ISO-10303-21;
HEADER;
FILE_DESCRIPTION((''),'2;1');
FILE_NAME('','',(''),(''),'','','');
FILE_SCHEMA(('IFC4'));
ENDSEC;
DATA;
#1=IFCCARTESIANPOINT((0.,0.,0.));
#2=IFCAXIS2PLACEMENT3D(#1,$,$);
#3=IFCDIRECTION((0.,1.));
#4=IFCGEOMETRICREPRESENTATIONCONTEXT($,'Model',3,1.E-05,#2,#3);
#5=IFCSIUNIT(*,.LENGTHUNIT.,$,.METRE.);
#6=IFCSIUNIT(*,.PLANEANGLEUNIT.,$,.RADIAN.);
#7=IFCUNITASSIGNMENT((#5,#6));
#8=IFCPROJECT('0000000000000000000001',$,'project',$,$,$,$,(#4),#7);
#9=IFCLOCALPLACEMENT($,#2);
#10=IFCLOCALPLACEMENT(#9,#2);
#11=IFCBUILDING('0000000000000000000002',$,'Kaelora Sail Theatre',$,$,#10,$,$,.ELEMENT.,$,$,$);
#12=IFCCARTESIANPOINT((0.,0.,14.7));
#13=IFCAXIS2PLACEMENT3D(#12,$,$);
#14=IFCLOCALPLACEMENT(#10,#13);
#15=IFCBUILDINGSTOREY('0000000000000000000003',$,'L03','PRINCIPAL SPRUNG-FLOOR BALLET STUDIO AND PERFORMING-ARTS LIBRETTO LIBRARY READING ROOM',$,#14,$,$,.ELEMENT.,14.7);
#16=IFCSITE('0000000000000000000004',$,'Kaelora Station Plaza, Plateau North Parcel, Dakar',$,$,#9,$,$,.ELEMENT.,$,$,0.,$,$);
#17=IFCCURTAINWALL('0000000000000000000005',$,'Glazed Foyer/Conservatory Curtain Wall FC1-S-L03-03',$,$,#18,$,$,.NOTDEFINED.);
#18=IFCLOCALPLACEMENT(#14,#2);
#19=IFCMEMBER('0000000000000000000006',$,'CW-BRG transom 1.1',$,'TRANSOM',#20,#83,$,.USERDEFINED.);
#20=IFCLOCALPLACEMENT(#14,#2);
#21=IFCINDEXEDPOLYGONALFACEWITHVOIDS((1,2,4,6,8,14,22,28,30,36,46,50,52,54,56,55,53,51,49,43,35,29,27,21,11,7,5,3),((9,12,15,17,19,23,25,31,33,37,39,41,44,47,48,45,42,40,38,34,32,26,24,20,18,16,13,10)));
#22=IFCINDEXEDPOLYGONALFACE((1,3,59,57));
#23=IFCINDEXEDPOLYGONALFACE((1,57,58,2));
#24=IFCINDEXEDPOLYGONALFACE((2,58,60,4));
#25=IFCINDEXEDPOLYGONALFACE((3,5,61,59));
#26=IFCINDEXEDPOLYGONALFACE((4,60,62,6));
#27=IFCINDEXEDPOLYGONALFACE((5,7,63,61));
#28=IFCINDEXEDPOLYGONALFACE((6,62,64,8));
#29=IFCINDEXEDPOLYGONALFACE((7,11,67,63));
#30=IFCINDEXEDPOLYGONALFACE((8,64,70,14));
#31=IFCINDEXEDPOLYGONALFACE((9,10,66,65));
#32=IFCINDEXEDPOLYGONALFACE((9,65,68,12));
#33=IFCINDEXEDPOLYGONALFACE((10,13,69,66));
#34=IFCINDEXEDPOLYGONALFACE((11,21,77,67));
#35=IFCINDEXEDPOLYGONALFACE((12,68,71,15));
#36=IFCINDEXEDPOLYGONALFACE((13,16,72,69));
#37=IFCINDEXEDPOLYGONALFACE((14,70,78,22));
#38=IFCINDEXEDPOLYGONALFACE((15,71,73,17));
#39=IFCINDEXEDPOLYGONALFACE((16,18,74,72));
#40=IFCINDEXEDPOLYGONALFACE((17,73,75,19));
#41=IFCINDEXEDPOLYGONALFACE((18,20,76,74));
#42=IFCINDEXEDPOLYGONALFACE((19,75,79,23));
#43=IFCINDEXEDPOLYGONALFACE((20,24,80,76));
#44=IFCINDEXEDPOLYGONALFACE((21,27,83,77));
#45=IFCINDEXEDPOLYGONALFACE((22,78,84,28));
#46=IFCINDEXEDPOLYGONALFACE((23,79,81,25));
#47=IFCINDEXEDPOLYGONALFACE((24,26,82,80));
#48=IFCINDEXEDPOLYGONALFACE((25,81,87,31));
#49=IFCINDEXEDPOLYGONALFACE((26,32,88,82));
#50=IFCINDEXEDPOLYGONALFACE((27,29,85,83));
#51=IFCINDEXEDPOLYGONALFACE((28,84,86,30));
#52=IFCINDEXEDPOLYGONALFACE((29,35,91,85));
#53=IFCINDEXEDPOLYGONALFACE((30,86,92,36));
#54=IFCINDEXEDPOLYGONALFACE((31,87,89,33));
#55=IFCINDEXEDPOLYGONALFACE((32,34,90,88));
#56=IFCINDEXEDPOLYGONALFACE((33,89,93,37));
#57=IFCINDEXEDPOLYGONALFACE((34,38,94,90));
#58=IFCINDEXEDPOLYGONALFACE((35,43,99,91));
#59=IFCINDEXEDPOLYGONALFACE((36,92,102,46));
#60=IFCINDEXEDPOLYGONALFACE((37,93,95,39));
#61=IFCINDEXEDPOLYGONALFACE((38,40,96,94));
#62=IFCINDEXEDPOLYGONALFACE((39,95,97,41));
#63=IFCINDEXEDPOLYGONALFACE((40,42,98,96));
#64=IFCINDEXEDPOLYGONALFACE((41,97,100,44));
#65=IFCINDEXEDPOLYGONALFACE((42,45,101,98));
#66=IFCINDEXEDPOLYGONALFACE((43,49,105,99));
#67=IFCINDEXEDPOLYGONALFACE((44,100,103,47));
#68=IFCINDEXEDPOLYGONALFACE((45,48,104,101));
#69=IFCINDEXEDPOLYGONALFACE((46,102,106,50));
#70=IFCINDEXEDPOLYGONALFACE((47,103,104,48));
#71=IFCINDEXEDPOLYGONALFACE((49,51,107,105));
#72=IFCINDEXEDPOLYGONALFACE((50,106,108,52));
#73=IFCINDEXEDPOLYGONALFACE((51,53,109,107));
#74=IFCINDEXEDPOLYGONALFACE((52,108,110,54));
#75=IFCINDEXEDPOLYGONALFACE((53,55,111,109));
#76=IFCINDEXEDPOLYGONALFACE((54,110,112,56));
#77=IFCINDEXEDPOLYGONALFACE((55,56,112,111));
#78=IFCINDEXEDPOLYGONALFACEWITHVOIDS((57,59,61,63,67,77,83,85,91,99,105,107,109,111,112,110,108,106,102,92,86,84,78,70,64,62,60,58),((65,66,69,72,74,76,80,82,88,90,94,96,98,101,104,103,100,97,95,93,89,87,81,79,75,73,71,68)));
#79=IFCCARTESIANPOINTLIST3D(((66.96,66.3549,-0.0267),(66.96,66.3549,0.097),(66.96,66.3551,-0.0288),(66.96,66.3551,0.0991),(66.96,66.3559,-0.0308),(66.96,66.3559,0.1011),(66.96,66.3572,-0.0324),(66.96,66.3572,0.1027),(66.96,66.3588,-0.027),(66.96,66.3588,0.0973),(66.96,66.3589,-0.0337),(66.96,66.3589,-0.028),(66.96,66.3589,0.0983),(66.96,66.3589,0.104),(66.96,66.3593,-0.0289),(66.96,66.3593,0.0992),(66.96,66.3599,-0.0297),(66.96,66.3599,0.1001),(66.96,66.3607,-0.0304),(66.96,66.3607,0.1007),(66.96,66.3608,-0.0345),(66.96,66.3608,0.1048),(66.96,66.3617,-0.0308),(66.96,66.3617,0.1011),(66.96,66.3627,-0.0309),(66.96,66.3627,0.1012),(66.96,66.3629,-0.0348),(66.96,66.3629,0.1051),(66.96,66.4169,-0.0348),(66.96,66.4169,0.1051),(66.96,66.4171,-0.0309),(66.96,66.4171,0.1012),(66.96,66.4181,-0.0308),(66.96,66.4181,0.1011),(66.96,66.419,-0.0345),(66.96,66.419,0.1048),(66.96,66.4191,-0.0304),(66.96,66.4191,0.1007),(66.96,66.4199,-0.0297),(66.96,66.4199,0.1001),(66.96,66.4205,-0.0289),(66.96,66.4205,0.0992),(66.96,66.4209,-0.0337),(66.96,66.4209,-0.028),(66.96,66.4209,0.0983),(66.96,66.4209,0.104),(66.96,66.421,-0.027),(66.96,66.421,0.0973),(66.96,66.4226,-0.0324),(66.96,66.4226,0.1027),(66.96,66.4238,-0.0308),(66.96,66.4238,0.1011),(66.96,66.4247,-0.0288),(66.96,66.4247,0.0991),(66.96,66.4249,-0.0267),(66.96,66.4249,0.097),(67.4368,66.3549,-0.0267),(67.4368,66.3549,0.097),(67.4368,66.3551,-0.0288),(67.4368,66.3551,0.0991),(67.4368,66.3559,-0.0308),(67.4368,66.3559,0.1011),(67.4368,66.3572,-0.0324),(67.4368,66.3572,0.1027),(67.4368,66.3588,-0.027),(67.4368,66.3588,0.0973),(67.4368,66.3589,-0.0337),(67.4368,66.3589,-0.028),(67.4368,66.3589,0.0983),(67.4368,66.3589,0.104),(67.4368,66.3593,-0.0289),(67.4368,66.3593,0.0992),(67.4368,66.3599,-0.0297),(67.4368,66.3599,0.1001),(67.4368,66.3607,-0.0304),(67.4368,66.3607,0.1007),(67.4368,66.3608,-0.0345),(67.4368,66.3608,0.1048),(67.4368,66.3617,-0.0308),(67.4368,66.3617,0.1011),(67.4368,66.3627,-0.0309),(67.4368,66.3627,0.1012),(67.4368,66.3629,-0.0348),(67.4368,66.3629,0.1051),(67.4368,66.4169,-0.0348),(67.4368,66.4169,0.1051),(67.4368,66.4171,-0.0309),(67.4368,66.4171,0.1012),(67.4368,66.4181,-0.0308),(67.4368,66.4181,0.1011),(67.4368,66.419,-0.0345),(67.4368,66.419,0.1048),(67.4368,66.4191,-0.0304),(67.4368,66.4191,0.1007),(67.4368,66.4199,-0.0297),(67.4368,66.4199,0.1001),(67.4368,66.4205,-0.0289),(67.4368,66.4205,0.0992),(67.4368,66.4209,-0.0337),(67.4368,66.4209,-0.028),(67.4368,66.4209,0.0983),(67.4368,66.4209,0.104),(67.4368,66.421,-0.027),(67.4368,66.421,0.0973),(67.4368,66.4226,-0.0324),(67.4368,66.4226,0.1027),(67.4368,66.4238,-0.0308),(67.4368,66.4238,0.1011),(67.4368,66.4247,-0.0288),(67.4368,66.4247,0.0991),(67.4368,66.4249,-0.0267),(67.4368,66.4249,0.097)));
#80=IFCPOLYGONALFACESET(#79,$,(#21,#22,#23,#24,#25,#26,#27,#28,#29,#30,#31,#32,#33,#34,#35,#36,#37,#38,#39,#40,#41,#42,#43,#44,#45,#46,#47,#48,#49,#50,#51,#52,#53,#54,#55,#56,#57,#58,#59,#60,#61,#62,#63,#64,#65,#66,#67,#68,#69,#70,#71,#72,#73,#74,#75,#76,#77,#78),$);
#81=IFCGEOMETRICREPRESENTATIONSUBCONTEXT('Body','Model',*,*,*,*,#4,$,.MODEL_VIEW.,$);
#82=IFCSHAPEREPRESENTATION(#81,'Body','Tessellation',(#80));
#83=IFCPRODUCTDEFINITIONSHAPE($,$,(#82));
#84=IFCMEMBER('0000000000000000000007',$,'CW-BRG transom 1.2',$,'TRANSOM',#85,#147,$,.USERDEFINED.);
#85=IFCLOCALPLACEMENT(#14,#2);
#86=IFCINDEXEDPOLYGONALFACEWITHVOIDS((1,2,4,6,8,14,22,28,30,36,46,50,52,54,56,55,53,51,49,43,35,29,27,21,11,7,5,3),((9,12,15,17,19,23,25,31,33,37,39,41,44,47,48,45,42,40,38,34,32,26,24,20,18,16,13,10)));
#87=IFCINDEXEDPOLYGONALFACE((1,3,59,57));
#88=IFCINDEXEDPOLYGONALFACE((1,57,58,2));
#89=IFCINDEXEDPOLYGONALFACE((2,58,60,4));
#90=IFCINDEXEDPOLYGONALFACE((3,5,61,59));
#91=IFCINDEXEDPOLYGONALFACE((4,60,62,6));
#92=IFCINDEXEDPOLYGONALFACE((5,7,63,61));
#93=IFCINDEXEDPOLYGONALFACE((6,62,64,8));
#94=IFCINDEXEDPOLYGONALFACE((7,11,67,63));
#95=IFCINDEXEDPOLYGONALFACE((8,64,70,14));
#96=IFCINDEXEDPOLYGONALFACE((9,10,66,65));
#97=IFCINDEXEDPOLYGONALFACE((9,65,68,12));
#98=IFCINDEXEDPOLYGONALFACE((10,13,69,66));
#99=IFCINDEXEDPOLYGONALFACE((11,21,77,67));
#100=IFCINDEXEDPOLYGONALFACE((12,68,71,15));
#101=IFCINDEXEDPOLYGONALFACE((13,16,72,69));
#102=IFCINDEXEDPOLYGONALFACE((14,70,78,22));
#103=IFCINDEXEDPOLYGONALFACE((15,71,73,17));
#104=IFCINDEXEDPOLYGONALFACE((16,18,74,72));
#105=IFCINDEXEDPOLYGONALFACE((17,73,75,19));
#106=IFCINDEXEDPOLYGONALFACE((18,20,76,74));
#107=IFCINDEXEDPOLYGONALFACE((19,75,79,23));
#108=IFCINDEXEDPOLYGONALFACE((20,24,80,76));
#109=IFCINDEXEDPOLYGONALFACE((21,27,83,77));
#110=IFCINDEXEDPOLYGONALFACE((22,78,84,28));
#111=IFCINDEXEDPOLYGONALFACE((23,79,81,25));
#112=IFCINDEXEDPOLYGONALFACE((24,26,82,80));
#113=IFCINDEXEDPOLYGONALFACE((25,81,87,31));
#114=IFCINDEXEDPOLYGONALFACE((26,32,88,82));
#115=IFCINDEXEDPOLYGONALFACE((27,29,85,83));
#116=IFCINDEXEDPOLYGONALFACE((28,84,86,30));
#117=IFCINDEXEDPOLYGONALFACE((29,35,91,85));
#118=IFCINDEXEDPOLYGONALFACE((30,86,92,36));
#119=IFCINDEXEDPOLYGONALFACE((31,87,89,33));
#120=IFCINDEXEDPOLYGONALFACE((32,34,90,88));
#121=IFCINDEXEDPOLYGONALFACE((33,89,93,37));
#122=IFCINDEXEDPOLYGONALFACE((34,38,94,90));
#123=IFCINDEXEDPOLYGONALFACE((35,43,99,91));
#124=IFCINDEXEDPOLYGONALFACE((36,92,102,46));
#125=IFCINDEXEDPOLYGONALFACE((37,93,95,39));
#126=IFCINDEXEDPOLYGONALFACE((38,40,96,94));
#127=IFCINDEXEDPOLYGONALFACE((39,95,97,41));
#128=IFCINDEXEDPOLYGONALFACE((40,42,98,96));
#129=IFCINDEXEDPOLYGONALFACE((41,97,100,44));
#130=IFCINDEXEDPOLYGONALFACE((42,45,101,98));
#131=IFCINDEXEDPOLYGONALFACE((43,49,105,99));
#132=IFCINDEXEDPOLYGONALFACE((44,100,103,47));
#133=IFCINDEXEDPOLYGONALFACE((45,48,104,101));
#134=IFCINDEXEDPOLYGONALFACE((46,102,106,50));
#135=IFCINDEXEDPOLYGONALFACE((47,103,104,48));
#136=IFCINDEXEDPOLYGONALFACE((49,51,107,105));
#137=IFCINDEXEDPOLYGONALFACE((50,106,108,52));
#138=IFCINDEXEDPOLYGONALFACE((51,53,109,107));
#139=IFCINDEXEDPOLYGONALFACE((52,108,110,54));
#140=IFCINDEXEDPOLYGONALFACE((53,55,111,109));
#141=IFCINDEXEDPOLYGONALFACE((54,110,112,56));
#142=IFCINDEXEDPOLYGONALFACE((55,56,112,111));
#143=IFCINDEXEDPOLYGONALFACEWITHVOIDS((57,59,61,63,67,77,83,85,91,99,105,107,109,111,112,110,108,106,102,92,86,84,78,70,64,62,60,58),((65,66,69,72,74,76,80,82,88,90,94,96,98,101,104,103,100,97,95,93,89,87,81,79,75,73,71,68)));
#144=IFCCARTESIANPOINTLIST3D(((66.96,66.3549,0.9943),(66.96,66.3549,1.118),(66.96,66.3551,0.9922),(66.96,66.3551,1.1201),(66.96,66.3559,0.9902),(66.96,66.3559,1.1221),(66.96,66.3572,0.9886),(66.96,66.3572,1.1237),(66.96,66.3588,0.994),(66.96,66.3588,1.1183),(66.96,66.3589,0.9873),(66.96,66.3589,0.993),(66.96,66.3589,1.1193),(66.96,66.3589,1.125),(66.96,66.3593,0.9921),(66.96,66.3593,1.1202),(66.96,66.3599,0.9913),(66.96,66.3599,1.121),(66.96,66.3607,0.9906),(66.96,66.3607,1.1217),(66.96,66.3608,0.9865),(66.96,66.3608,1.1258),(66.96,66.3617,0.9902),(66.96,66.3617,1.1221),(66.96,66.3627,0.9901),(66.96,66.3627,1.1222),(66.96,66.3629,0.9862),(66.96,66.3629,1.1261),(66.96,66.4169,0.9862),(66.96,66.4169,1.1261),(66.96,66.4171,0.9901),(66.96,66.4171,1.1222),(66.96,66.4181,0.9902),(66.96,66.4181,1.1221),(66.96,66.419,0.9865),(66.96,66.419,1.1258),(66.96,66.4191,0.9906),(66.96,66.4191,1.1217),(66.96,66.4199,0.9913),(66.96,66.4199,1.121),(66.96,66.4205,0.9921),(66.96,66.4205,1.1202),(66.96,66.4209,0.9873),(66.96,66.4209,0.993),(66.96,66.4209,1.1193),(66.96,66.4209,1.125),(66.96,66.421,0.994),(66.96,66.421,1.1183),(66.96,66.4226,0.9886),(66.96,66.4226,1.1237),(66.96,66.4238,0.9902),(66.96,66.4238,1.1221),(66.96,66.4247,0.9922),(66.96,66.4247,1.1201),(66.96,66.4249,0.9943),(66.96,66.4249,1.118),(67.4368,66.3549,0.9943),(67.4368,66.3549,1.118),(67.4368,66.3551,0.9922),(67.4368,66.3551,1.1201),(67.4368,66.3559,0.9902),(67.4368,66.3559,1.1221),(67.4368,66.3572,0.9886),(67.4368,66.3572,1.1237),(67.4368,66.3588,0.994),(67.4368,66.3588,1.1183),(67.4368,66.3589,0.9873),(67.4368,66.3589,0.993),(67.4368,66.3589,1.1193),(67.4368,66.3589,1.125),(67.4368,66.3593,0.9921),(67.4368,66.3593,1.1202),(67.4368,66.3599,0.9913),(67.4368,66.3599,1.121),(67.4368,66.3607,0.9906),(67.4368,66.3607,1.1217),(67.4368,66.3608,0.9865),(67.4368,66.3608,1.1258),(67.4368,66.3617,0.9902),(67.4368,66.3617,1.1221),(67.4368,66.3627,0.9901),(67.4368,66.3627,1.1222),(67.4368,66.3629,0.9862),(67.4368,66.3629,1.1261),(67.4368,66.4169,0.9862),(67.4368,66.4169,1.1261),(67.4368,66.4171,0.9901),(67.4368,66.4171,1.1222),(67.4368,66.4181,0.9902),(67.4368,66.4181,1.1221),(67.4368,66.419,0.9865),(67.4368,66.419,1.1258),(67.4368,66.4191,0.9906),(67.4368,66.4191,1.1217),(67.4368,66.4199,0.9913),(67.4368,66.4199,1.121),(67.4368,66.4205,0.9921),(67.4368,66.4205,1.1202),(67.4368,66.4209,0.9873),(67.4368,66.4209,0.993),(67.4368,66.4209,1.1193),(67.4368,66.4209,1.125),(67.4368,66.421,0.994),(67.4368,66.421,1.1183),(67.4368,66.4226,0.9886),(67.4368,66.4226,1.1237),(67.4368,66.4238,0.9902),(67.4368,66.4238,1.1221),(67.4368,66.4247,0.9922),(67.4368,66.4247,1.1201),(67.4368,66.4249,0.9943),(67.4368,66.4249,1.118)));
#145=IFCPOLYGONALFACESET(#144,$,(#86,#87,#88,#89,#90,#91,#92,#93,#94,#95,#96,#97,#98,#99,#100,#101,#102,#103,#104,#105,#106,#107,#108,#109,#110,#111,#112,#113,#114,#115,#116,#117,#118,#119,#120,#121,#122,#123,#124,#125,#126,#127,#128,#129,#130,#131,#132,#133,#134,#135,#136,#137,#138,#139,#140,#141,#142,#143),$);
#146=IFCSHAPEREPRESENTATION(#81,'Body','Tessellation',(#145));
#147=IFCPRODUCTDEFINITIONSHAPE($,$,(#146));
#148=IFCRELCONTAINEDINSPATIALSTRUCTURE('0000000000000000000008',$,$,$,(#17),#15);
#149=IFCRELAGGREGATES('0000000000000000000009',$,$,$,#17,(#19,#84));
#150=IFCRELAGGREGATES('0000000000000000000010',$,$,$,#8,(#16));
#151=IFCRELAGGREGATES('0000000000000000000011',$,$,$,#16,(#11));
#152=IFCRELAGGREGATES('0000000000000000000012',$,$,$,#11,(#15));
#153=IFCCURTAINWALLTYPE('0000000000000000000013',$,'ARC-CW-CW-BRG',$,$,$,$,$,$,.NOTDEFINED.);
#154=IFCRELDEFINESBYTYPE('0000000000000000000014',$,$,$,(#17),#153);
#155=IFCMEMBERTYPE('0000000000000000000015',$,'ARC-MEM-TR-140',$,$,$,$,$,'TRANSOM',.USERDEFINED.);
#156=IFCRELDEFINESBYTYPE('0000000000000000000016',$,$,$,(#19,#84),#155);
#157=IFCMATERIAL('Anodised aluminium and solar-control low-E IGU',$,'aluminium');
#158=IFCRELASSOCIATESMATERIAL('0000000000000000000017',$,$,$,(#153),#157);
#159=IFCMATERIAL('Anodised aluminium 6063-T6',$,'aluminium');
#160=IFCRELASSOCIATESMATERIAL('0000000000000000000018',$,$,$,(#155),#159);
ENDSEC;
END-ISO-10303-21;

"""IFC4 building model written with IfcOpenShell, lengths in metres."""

from ifc_helpers import new_model, si_unit, direction, frame, origin, origin_2d, place, context, subcontext, project, spatial, hollow_rectangle, extrude, material, material_profile, profile_set, type_object, element, aggregate, save


model = new_model("IFC4")

# Units and contexts
model_context = context("Model", 3, precision=1e-05, world=origin(), true_north=direction((0.0, 1.0)))
body_context = subcontext(model_context, "Body", "Model", "MODEL_VIEW")
ifc_project = project(units=[si_unit("LENGTHUNIT", "METRE"), si_unit("PLANEANGLEUNIT", "RADIAN")], contexts=[model_context])

# Site, building, storey
site_placement = place(None, origin())
site = spatial("IfcSite", under=ifc_project, at=site_placement, Name="Kaelora Station Plaza, Plateau North Parcel, Dakar", CompositionType="ELEMENT", RefElevation=0.0)
building_placement = place(site_placement, origin())
building = spatial("IfcBuilding", under=site, at=building_placement, Name="Kaelora Sail Theatre", CompositionType="ELEMENT")
storey_placement = place(building_placement, frame((0.0, 0.0, 14.7)))
storey = spatial("IfcBuildingStorey", under=building, at=storey_placement, Name="L03", Description="PRINCIPAL SPRUNG-FLOOR BALLET STUDIO AND PERFORMING-ARTS LIBRETTO LIBRARY READING ROOM", CompositionType="ELEMENT", Elevation=14.7)

# Curtain wall
ifc_material_1 = material(Name="Anodised aluminium and solar-control low-E IGU", Category="aluminium")
curtain_wall_type = type_object("IfcCurtainWallType", Name="ARC-CW-CW-BRG", PredefinedType="NOTDEFINED", material=ifc_material_1)
curtain_wall_1_placement = place(storey_placement, origin())
curtain_wall_1 = element("IfcCurtainWall", 1, at=curtain_wall_1_placement, inside=storey, type_object=curtain_wall_type, Name="Glazed Foyer/Conservatory Curtain Wall FC1-S-L03-03", PredefinedType="NOTDEFINED")

# Members
ifc_material_2 = material(Name="Anodised aluminium 6063-T6", Category="aluminium")
ifc_material_profile_1 = material_profile(ifc_material_2, hollow_rectangle(XDim=0.0701, YDim=0.1399, WallThickness=0.0039, InnerFilletRadius=0.0039, OuterFilletRadius=0.0081, at=origin_2d()), Name="ALU-TRAN 70x140x4")
ifc_profile_set_1 = profile_set([ifc_material_profile_1], Name="Anodised aluminium 6063-T6")
member_type_1 = type_object("IfcMemberType", Name="ARC-MEM-TR-140", ElementType="TRANSOM", PredefinedType="USERDEFINED", material=ifc_profile_set_1)
member_1_placement = place(storey_placement, frame((66.96, 66.3899, 0.0352), z_axis=(1.0, 0.0, 0.0), x_axis=(0.0, 1.0, 0.0)))
member_1 = element("IfcMember", 2, at=member_1_placement, type_object=member_type_1, Name="CW-BRG transom 1.1", ObjectType="TRANSOM", PredefinedType="USERDEFINED", context=body_context, shape_type="SweptSolid", body=[
    extrude(hollow_rectangle(XDim=0.0701, YDim=0.1399, WallThickness=0.0039, InnerFilletRadius=0.0039, OuterFilletRadius=0.0081, at=origin_2d()), origin(), (0.0, 0.0, 1.0), 0.4768),
])
member_2_placement = place(storey_placement, frame((66.96, 66.3899, 1.0562), z_axis=(1.0, 0.0, 0.0), x_axis=(0.0, 1.0, 0.0)))
member_2 = element("IfcMember", 3, at=member_2_placement, type_object=member_type_1, Name="CW-BRG transom 1.2", ObjectType="TRANSOM", PredefinedType="USERDEFINED", context=body_context, shape_type="SweptSolid", body=[
    extrude(hollow_rectangle(XDim=0.0701, YDim=0.1399, WallThickness=0.0039, InnerFilletRadius=0.0039, OuterFilletRadius=0.0081, at=origin_2d()), origin(), (0.0, 0.0, 1.0), 0.4768),
])

aggregate(curtain_wall_1, [member_1, member_2])

save(model, "model.ifc")
